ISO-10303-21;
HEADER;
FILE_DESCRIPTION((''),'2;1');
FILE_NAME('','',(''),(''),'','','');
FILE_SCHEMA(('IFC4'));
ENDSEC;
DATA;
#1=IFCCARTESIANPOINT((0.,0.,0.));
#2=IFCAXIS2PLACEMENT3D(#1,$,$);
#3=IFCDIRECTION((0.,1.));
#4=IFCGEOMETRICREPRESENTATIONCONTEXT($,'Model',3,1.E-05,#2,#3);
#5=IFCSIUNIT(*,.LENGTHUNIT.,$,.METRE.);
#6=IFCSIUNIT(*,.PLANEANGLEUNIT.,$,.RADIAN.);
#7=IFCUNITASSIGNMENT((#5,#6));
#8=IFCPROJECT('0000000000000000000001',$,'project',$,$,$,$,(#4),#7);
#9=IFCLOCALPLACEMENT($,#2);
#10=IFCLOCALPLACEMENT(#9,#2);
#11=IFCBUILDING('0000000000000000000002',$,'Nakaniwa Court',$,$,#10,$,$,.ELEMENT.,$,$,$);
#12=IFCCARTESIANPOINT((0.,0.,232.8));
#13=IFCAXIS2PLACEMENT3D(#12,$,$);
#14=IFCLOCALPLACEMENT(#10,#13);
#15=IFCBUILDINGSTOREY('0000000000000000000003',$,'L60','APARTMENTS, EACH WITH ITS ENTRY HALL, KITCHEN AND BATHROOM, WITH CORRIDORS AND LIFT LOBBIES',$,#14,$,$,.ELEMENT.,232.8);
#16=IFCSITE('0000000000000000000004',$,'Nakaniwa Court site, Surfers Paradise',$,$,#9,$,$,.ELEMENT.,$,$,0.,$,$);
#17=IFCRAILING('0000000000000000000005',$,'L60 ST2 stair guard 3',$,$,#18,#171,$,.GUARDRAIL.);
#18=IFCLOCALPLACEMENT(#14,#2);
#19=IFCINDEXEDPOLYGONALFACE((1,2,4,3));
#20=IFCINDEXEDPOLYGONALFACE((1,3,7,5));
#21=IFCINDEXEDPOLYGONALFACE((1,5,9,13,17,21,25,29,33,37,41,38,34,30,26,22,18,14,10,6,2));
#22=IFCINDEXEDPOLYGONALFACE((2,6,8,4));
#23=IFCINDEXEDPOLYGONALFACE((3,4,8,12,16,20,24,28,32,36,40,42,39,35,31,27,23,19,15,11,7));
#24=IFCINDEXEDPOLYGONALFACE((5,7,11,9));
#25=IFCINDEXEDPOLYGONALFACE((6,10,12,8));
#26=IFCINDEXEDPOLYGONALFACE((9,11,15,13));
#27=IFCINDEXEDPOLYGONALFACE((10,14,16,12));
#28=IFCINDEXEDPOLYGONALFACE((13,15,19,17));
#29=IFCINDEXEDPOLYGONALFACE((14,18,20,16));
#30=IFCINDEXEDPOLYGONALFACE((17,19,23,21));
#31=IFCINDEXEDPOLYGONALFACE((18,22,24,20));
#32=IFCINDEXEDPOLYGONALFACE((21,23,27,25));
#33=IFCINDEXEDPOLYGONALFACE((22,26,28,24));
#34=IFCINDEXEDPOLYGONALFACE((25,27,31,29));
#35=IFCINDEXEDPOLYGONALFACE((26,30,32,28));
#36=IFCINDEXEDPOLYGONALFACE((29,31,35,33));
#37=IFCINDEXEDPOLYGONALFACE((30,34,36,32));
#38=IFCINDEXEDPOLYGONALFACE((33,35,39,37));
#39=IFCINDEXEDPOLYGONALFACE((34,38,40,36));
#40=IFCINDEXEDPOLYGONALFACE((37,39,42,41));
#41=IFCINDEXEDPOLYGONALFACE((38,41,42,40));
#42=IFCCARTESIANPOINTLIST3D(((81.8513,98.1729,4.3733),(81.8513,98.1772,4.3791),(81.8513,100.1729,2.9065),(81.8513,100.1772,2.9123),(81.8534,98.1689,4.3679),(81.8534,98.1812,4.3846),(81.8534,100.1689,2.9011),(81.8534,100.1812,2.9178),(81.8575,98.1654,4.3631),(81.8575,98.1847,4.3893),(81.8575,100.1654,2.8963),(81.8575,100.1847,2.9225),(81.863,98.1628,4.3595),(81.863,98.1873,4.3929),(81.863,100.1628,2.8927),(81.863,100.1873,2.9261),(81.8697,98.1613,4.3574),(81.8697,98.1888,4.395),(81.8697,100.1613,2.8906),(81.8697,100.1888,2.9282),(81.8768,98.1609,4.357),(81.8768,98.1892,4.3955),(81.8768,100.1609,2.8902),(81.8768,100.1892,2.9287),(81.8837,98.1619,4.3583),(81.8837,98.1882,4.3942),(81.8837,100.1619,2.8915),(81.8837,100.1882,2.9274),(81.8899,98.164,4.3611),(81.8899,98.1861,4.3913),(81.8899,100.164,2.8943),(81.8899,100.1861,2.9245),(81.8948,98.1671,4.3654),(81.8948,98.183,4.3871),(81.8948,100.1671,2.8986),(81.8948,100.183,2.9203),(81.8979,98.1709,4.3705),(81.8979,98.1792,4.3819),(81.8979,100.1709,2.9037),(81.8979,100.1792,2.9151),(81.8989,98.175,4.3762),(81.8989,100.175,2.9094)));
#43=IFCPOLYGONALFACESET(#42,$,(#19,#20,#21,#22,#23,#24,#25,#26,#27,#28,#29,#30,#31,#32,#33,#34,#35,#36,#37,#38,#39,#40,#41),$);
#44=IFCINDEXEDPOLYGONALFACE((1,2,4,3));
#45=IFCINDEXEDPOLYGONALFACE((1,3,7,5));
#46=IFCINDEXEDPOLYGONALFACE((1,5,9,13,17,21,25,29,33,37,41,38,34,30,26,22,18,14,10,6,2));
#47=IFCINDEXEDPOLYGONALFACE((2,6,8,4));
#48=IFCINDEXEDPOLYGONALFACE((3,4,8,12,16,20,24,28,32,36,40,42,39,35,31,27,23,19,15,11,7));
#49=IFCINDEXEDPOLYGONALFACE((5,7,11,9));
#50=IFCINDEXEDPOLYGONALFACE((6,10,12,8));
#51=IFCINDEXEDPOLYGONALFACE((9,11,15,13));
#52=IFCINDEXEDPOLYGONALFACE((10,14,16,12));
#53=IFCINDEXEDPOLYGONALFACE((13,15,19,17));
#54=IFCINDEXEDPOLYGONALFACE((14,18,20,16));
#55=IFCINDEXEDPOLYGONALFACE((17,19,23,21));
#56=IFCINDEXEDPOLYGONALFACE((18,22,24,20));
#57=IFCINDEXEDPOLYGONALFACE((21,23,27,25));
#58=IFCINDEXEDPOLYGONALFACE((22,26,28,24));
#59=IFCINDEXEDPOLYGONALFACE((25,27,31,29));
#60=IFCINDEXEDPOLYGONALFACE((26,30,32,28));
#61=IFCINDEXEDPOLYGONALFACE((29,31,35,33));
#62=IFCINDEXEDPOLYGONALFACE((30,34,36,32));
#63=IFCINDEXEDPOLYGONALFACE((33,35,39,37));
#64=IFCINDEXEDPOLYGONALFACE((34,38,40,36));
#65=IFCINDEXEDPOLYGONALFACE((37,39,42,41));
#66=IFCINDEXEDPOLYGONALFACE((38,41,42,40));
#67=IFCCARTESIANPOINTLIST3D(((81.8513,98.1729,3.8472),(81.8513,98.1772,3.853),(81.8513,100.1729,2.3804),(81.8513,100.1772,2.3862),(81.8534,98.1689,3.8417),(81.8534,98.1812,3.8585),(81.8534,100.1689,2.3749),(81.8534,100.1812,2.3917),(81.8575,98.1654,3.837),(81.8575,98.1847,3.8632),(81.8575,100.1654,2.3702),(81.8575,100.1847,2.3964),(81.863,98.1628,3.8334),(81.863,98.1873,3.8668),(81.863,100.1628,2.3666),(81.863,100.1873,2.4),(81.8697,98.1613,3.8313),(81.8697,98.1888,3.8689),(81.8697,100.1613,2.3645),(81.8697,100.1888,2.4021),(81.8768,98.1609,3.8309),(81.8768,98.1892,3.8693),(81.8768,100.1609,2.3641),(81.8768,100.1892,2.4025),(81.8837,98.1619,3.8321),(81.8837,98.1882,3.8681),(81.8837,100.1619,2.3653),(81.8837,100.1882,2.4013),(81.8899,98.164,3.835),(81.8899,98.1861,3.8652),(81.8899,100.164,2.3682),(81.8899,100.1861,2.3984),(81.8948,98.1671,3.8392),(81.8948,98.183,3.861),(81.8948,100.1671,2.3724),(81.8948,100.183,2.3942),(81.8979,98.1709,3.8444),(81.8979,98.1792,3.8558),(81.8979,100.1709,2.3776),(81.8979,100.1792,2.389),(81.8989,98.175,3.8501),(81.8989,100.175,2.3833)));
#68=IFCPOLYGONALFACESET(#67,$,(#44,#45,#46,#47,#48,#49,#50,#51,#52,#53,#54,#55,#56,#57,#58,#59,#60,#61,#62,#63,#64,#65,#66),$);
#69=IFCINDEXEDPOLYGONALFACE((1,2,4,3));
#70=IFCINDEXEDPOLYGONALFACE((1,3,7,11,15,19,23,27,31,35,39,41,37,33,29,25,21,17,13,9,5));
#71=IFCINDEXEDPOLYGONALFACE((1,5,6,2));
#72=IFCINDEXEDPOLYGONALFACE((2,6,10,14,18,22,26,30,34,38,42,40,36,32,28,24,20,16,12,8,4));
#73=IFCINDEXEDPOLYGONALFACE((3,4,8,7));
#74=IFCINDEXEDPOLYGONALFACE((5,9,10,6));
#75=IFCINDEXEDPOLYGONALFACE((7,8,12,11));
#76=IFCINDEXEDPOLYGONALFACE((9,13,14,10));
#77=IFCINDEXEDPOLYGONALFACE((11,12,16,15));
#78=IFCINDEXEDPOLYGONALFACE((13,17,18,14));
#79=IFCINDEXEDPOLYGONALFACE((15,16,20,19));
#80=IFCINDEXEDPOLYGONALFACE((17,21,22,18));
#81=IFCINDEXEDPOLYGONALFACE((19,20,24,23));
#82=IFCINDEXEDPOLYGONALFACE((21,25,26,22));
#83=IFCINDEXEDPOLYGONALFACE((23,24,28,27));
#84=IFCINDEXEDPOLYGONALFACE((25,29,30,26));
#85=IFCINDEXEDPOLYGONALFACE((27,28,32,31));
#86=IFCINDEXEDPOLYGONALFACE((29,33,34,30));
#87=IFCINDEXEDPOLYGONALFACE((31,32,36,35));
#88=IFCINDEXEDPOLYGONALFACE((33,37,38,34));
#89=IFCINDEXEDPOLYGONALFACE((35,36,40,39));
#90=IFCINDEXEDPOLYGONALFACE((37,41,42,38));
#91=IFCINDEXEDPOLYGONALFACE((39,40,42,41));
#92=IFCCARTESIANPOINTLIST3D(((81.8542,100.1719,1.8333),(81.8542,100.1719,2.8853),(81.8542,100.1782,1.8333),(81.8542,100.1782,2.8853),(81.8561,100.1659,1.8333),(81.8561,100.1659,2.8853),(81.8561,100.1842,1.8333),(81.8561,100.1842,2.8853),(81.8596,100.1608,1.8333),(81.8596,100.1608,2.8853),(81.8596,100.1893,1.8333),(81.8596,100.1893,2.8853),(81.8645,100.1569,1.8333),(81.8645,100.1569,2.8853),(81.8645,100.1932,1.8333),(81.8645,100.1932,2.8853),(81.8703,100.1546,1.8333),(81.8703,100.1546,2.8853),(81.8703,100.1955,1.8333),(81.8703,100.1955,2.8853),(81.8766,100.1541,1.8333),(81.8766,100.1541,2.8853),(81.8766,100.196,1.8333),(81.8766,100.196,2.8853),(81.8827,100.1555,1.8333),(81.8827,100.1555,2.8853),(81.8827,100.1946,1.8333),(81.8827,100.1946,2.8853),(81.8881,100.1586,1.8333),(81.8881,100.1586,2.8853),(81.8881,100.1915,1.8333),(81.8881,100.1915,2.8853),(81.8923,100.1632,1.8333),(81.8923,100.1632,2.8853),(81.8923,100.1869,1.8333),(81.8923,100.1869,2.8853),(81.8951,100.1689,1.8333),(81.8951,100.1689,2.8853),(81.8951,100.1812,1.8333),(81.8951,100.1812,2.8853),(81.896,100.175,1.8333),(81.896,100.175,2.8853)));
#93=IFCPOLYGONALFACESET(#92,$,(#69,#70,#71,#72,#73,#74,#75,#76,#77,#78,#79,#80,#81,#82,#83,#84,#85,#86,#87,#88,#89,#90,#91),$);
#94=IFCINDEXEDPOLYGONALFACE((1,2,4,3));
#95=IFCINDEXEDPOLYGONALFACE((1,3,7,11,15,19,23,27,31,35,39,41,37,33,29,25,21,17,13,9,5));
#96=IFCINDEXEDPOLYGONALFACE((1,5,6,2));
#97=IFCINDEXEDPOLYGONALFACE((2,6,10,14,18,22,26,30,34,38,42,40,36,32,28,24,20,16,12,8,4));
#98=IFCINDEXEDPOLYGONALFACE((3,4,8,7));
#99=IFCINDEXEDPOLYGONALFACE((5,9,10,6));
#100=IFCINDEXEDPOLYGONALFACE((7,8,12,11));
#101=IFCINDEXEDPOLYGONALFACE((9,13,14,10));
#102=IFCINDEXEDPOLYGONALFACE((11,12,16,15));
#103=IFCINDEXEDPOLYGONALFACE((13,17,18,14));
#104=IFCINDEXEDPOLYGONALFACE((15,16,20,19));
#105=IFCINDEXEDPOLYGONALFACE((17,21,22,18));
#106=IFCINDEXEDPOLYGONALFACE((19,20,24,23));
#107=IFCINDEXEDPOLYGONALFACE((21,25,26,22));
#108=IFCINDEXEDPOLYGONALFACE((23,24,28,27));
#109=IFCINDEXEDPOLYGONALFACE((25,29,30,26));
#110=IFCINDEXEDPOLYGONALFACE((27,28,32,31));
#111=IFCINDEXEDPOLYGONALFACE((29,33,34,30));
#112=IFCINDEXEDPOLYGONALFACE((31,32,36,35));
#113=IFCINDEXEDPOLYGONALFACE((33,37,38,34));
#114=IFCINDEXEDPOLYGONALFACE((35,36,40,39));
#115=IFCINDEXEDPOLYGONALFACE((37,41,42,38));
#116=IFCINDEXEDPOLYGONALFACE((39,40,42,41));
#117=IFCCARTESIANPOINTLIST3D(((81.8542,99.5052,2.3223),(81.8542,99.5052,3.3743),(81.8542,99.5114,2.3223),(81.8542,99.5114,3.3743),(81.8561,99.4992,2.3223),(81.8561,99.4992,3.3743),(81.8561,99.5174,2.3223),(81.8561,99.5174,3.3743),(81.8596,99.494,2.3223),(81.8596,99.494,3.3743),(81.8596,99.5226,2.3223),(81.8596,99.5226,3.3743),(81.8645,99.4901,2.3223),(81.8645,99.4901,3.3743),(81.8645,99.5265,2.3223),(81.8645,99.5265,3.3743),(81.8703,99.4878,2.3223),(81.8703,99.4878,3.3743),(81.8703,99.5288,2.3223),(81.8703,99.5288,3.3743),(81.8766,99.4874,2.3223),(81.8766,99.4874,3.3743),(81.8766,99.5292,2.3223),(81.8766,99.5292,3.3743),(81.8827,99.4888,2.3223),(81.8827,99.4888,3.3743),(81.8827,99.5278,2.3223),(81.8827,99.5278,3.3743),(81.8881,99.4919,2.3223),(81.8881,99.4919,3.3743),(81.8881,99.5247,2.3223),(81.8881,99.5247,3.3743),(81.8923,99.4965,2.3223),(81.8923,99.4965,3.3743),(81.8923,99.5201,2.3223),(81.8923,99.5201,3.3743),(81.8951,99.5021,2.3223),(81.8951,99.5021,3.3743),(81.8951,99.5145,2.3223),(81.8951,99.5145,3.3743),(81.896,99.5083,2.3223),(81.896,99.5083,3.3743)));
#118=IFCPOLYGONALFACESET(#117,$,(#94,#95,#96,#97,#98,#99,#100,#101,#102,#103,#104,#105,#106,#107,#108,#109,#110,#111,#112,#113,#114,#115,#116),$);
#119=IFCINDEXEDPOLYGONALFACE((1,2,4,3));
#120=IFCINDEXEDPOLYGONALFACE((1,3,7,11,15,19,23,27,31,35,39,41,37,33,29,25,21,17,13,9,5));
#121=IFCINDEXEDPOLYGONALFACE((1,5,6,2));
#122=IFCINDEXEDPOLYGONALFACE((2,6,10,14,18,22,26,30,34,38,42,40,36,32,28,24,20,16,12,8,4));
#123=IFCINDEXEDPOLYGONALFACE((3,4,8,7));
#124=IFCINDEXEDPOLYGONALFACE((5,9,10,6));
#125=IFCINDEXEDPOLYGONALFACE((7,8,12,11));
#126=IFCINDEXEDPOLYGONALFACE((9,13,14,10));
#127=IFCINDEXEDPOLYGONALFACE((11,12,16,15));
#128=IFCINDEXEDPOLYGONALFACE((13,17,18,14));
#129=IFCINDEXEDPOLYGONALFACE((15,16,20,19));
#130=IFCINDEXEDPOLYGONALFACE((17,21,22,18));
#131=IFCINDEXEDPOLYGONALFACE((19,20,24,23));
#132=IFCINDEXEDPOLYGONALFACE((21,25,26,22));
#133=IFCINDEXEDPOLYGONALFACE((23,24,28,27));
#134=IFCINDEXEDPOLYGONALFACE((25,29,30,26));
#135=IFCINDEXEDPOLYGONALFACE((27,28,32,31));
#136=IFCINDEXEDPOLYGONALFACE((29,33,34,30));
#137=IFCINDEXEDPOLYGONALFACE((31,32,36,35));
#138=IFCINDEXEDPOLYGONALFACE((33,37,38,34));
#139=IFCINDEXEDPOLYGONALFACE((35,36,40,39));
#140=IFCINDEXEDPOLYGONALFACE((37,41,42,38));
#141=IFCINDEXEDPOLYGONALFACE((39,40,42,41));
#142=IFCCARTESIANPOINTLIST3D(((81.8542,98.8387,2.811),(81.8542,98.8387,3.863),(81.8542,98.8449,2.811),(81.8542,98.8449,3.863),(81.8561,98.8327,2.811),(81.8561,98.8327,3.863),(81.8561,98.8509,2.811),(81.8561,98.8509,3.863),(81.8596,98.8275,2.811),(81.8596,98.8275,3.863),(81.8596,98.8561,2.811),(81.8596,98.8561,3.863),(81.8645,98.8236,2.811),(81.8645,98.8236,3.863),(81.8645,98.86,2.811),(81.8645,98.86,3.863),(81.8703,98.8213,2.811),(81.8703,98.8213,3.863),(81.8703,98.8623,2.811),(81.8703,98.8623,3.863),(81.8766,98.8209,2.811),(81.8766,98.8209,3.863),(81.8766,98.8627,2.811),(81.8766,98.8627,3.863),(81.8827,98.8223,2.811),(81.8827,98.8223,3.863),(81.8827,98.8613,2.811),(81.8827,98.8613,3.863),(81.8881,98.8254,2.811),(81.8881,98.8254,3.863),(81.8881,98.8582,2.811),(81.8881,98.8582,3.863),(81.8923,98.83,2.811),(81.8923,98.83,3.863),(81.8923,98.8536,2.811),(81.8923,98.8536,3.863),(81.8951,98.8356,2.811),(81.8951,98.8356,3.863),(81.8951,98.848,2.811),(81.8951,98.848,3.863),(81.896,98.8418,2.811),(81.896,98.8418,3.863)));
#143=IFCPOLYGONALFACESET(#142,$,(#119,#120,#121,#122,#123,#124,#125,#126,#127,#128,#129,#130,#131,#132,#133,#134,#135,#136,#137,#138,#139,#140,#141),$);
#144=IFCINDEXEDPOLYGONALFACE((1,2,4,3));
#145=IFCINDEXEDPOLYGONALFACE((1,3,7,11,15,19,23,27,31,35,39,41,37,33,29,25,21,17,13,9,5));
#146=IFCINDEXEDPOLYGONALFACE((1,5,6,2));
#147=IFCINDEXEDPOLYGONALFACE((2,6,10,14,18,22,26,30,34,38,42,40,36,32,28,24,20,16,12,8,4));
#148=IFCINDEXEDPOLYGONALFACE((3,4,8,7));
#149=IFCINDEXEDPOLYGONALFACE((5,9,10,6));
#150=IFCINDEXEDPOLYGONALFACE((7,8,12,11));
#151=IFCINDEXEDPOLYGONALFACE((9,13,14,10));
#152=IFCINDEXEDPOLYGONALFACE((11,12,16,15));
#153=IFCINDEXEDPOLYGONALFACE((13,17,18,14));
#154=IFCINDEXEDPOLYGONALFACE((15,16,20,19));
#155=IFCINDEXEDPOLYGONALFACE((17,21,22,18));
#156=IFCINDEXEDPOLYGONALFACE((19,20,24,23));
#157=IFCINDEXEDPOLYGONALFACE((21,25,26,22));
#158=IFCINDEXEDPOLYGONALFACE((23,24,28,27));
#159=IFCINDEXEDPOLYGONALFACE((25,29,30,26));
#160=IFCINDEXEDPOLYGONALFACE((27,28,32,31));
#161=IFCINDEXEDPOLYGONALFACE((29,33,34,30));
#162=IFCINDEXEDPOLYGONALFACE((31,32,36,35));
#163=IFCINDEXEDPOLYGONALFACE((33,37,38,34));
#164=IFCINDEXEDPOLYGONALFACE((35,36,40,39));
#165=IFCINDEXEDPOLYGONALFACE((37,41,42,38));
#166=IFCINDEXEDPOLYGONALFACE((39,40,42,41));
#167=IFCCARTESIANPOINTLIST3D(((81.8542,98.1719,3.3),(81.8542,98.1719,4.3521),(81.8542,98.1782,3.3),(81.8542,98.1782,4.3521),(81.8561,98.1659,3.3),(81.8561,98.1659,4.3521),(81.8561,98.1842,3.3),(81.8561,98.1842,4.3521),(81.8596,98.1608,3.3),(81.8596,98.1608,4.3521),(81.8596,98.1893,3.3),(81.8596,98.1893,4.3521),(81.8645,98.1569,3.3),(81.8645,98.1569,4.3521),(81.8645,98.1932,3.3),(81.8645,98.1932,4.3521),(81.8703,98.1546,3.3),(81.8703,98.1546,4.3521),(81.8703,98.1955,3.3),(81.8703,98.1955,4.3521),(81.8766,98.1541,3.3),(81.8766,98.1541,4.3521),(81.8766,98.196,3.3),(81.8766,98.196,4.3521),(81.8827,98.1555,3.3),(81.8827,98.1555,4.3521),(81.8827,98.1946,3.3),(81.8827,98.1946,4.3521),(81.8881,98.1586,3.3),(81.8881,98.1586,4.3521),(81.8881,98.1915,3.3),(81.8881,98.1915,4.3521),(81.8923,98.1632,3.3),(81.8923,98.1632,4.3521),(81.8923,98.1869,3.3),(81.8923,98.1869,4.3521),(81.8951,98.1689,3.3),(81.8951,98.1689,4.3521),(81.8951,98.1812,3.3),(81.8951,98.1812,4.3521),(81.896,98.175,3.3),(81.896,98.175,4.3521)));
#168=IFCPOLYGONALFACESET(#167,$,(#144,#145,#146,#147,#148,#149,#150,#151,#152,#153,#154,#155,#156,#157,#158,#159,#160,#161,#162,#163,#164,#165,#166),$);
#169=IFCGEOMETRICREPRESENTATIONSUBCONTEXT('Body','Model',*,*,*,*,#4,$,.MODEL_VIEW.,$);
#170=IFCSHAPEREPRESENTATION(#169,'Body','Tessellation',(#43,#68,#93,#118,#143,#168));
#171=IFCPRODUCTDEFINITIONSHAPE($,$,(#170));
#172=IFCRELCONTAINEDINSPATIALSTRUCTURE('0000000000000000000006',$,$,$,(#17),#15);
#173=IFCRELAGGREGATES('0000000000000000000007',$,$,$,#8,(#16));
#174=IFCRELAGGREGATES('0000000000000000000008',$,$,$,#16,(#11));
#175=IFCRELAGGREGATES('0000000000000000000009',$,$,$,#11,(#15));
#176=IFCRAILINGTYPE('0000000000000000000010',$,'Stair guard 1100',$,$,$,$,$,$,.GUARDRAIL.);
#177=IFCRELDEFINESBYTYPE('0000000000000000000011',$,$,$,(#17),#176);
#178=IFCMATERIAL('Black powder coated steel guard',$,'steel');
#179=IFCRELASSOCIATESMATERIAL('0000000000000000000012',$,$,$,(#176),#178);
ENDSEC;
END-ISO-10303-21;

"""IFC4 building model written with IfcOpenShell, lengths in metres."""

from ifc_helpers import new_model, si_unit, direction, frame, origin, origin_2d, place, context, subcontext, project, spatial, circle, extrude, material, type_object, element, save


model = new_model("IFC4")

# Units and contexts
model_context = context("Model", 3, precision=1e-05, world=origin(), true_north=direction((0.0, 1.0)))
body_context = subcontext(model_context, "Body", "Model", "MODEL_VIEW")
ifc_project = project(units=[si_unit("LENGTHUNIT", "METRE"), si_unit("PLANEANGLEUNIT", "RADIAN")], contexts=[model_context])

# Site, building, storey
site_placement = place(None, origin())
site = spatial("IfcSite", under=ifc_project, at=site_placement, Name="Nakaniwa Court site, Surfers Paradise", CompositionType="ELEMENT", RefElevation=0.0)
building_placement = place(site_placement, origin())
building = spatial("IfcBuilding", under=site, at=building_placement, Name="Nakaniwa Court", CompositionType="ELEMENT")
storey_placement = place(building_placement, frame((0.0, 0.0, 232.8)))
storey = spatial("IfcBuildingStorey", under=building, at=storey_placement, Name="L60", Description="APARTMENTS, EACH WITH ITS ENTRY HALL, KITCHEN AND BATHROOM, WITH CORRIDORS AND LIFT LOBBIES", CompositionType="ELEMENT", Elevation=232.8)

# Railing
ifc_material_1 = material(Name="Black powder coated steel guard", Category="steel")
railing_type_1 = type_object("IfcRailingType", Name="Stair guard 1100", PredefinedType="GUARDRAIL", material=ifc_material_1)
railing_1_placement = place(storey_placement, frame((81.875, 100.175, 1.8333)))
element("IfcRailing", 1, at=railing_1_placement, inside=storey, type_object=railing_type_1, Name="L60 ST2 stair guard 3", PredefinedType="GUARDRAIL", context=body_context, shape_type="SweptSolid", body=[
    extrude(circle(Radius=0.0239, at=origin_2d()), frame((0.0, 0.0, 1.0762), z_axis=(0.0, -0.80638, 0.591398), x_axis=(1.0, 0.0, 0.0)), (0.0, 0.0, 1.0), 2.4802),
    extrude(circle(Radius=0.0239, at=origin_2d()), frame((0.0, 0.0, 0.55), z_axis=(0.0, -0.80638, 0.591398), x_axis=(1.0, 0.0, 0.0)), (0.0, 0.0, 1.0), 2.4802),
    extrude(circle(Radius=0.021, at=origin_2d()), origin(), (0.0, 0.0, 1.0), 1.052),
    extrude(circle(Radius=0.021, at=origin_2d()), frame((0.0, -0.6667, 0.489)), (0.0, 0.0, 1.0), 1.052),
    extrude(circle(Radius=0.021, at=origin_2d()), frame((0.0, -1.3333, 0.9778)), (0.0, 0.0, 1.0), 1.052),
    extrude(circle(Radius=0.021, at=origin_2d()), frame((0.0, -2.0, 1.4668)), (0.0, 0.0, 1.0), 1.052),
])

save(model, "model.ifc")
